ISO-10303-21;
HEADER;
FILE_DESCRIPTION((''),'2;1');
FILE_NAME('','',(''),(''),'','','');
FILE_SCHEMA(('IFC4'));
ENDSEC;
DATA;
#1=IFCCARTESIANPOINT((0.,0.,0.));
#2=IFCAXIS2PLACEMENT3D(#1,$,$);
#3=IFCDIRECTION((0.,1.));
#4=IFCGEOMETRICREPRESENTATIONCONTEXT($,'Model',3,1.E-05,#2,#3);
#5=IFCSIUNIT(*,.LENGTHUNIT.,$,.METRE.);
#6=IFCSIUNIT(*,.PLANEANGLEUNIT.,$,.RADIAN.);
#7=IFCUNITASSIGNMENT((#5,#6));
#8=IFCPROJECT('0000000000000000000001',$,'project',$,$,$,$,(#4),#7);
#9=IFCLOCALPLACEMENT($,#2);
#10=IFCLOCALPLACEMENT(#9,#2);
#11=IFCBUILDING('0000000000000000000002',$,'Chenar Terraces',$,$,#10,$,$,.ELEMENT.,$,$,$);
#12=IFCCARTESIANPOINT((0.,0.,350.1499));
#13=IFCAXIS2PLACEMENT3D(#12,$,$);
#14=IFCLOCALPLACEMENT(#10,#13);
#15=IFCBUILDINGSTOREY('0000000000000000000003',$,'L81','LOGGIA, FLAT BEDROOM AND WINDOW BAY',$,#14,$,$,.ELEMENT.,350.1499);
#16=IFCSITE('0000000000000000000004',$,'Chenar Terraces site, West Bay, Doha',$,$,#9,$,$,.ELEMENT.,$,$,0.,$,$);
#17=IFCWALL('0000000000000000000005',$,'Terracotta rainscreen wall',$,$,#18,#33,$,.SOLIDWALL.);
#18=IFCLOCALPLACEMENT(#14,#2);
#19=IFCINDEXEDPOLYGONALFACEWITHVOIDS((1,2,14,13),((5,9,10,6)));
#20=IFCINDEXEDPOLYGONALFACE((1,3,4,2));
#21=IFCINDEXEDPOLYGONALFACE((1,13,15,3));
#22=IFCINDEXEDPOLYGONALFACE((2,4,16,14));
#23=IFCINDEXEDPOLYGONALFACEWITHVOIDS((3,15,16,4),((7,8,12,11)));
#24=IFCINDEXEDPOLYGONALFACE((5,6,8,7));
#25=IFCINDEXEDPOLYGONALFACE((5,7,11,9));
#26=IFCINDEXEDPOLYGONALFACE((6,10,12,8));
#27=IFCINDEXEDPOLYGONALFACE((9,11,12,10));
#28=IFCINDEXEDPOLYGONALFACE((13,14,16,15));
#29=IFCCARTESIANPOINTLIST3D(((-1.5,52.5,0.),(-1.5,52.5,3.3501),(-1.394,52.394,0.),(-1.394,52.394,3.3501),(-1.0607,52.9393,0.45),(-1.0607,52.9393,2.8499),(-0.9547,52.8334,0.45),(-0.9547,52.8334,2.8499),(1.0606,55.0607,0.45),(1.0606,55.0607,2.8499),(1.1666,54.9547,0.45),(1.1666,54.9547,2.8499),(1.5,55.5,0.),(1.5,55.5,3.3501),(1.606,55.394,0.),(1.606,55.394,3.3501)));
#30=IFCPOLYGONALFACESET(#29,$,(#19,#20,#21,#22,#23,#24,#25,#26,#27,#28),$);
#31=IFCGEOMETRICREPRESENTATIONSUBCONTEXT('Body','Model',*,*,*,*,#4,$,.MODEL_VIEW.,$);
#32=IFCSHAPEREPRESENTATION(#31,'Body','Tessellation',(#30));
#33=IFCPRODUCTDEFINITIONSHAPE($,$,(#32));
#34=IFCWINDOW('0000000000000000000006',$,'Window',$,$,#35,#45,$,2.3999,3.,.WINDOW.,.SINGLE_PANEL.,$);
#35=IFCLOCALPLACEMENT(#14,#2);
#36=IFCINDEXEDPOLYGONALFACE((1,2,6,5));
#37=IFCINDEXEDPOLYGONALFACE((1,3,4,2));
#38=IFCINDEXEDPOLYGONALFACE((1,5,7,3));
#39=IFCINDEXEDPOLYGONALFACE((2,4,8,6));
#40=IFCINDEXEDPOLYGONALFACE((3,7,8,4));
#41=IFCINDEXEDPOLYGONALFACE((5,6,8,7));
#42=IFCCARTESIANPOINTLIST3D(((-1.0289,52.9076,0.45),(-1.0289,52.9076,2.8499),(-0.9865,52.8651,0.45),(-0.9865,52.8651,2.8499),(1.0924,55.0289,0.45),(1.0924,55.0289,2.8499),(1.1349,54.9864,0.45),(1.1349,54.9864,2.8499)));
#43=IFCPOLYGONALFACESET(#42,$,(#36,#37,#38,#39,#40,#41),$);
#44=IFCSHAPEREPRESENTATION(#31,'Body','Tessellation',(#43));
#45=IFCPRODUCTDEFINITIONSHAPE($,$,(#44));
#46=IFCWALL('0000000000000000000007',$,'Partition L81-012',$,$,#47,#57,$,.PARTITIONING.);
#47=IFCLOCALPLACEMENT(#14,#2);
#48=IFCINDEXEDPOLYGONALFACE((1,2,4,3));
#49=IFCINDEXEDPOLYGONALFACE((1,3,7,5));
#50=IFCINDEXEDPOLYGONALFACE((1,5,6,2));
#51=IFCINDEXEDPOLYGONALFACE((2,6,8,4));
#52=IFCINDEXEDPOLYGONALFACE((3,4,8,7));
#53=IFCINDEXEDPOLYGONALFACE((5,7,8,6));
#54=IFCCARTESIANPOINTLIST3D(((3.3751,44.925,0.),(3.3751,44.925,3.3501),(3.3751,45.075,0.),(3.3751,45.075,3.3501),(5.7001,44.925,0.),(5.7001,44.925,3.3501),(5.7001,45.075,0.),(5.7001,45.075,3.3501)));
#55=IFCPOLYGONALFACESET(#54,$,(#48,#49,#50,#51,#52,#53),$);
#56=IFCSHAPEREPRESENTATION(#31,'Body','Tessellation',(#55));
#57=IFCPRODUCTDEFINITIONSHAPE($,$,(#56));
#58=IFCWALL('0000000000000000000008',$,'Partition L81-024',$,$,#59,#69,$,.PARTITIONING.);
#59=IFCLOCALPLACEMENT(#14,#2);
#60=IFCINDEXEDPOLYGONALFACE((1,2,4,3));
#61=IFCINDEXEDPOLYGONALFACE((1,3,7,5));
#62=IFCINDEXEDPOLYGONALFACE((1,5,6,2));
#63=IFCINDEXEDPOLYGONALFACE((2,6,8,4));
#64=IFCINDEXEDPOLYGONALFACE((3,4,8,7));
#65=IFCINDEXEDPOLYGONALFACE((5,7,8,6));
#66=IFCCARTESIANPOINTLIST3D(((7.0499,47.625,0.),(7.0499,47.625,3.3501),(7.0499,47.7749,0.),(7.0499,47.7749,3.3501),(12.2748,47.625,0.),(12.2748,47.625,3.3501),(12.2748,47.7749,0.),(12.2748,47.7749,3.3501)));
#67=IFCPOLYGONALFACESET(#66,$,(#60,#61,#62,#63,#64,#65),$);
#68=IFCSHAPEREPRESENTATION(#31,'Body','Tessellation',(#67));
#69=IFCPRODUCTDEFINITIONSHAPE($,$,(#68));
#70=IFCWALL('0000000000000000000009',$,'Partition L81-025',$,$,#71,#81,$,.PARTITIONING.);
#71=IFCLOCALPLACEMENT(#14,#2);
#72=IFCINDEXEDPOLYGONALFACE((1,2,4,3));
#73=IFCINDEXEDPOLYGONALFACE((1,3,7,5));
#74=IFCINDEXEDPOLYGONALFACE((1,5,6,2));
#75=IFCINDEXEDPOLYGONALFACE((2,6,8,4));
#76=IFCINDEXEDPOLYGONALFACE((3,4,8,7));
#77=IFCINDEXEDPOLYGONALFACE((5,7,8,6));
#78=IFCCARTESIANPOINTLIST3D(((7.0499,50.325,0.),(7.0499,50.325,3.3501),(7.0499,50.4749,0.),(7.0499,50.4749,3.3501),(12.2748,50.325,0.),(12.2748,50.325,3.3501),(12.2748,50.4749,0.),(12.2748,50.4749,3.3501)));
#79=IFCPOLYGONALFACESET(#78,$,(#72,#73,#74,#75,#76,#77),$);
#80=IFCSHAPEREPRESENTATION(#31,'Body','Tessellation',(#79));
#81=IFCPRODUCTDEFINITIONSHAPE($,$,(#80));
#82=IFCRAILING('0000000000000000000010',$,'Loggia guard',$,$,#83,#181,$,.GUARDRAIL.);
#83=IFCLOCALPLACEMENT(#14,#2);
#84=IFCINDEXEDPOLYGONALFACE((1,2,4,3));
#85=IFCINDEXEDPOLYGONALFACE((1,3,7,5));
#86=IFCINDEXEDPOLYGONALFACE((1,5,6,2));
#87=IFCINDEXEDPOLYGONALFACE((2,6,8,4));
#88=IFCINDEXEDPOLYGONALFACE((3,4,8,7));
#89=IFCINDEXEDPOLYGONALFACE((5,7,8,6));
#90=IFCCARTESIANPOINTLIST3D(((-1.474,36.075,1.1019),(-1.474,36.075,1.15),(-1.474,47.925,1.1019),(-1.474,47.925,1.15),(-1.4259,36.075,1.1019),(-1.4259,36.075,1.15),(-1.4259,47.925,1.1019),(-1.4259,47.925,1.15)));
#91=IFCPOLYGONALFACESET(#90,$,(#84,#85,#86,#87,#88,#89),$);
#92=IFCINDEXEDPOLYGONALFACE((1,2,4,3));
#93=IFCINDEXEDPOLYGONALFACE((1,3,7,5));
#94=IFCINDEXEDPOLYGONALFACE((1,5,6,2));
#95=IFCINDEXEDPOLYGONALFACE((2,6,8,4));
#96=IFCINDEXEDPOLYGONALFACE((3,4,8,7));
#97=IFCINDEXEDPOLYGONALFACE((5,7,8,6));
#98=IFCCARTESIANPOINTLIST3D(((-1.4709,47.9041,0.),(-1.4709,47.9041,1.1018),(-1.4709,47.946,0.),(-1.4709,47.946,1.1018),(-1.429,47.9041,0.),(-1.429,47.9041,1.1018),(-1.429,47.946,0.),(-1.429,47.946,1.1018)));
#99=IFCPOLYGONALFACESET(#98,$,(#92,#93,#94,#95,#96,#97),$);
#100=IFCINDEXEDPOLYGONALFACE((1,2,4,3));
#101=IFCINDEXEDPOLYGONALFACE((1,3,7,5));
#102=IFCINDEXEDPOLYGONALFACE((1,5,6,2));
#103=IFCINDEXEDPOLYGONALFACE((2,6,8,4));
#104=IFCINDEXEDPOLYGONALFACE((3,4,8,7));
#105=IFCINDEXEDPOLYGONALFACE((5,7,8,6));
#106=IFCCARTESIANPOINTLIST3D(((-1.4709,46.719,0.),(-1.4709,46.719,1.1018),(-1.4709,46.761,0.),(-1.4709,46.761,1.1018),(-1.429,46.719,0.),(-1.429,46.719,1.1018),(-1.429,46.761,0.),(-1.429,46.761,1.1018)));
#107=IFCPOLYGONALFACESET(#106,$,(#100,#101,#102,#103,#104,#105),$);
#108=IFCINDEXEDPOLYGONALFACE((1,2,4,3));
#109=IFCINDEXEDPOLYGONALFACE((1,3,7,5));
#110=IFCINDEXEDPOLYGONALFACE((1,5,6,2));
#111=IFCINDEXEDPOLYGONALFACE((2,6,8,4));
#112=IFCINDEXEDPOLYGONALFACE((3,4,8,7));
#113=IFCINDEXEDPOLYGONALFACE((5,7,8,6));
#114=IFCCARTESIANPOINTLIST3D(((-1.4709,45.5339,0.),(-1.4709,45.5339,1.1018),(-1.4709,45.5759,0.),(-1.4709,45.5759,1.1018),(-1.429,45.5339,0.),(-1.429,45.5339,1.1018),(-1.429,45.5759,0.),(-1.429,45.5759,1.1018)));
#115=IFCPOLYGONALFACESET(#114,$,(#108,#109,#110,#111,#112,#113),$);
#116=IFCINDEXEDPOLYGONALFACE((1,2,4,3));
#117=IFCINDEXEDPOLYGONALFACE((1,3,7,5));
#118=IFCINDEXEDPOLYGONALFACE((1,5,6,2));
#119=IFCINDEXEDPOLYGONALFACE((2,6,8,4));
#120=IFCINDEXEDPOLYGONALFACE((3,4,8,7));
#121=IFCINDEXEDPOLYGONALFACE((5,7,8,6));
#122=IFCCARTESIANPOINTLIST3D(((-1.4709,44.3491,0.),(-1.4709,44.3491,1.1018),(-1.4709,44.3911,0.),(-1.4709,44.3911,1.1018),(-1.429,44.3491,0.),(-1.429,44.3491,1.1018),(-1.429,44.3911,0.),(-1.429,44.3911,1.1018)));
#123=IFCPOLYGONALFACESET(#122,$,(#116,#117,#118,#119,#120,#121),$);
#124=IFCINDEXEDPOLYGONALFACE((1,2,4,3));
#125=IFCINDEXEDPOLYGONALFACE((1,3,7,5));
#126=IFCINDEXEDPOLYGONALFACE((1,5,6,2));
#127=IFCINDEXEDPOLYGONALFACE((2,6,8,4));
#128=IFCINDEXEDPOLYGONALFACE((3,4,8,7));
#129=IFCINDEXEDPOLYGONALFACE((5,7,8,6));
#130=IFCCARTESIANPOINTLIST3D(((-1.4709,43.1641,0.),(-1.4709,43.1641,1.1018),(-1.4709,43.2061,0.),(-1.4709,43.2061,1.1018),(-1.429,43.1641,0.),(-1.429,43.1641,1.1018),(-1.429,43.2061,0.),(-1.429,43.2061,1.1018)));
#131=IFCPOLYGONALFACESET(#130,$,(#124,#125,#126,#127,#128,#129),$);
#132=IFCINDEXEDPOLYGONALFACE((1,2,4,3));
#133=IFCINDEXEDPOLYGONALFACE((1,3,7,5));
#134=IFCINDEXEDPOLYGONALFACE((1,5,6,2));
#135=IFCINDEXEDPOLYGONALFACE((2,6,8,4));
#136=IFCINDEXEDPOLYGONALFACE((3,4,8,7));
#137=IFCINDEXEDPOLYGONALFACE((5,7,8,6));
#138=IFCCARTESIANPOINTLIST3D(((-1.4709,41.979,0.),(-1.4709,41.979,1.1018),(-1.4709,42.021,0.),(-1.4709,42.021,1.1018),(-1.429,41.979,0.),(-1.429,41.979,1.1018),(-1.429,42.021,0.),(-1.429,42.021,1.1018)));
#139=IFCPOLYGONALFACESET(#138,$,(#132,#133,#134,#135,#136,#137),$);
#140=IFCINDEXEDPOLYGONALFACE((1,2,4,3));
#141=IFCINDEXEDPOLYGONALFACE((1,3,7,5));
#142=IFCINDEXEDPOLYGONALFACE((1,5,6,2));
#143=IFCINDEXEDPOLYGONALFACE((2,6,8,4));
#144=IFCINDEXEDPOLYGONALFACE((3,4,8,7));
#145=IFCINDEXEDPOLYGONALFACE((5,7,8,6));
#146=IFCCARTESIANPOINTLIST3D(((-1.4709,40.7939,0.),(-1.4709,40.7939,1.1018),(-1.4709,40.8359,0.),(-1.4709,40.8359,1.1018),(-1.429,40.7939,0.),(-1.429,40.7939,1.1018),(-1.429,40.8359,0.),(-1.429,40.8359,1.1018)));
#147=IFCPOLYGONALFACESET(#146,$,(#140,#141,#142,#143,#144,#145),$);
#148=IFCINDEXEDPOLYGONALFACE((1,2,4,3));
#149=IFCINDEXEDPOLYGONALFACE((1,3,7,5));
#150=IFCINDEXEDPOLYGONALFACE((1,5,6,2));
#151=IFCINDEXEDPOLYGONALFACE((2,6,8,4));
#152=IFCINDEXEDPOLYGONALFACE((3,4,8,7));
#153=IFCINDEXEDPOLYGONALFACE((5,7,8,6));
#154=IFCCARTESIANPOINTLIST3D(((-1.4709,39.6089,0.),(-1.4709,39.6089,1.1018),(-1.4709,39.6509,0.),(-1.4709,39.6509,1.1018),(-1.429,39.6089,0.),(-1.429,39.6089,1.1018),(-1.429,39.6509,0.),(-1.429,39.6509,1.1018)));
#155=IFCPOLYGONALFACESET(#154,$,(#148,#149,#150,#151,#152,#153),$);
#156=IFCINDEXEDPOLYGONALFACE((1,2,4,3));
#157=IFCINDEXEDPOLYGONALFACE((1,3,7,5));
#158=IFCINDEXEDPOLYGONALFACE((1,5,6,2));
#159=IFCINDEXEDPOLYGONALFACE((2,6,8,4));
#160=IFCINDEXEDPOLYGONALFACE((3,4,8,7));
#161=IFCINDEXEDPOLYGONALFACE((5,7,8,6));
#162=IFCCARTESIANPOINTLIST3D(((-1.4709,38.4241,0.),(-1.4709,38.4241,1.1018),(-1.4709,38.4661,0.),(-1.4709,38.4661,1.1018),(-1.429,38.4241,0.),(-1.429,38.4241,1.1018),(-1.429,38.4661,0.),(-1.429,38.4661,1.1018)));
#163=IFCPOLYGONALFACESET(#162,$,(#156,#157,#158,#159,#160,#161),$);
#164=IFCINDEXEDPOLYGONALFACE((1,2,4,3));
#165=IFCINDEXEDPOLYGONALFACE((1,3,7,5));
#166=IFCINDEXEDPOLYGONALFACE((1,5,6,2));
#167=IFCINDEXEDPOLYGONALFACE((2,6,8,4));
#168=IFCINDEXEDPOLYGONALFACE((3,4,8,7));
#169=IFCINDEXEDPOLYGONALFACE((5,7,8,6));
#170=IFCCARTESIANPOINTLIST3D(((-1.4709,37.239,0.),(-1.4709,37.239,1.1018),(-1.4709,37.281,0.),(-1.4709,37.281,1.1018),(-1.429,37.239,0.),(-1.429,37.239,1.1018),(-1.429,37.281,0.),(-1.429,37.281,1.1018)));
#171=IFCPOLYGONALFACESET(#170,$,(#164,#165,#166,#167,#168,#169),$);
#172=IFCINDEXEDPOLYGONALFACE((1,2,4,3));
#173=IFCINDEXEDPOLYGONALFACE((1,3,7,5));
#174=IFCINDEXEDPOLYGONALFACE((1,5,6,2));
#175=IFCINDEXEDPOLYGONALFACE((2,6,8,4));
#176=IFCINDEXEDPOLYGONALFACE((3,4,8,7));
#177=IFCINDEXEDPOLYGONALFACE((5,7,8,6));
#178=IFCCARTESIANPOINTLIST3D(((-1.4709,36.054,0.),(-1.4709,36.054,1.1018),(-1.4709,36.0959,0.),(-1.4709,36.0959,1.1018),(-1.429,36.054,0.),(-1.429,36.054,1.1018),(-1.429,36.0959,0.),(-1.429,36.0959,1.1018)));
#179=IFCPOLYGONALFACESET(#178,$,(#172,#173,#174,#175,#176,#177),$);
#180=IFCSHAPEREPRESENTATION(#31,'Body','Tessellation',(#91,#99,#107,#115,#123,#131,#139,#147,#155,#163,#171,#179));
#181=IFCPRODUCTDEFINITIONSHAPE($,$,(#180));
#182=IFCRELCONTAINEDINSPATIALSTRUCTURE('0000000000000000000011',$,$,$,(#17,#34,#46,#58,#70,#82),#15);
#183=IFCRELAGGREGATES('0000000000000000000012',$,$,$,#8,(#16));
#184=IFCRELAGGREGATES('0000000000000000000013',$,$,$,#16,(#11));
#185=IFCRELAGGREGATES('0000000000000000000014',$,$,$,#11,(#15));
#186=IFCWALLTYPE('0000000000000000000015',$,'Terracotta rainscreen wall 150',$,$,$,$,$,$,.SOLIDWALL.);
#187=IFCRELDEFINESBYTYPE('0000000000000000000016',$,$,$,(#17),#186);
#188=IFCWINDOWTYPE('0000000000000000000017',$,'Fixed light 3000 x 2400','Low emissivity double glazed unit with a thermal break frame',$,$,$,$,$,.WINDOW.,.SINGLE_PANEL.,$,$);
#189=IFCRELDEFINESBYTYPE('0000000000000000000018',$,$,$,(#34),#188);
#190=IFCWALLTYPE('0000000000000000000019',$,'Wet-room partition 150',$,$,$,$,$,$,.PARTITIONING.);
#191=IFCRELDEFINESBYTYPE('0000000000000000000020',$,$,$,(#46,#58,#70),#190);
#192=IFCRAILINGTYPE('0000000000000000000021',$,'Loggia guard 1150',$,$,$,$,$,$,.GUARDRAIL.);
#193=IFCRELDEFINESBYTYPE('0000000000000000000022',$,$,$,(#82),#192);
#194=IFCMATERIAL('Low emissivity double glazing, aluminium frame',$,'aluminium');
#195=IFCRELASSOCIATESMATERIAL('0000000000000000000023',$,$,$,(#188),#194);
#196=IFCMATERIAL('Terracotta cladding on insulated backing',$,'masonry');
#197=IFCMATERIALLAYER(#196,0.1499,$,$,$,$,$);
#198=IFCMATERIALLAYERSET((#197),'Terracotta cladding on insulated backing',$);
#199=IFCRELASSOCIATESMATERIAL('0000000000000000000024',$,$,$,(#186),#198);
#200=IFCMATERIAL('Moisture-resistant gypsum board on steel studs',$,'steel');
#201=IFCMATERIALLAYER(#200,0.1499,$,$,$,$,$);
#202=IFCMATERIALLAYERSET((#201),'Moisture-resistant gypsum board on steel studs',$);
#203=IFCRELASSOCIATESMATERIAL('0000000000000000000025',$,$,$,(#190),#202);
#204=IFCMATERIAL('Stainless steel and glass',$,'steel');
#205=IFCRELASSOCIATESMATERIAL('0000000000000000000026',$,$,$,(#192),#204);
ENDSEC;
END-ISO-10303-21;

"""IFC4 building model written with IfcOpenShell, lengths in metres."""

from ifc_helpers import new_model, si_unit, direction, frame, frame_2d, origin, origin_2d, place, context, subcontext, project, spatial, rectangle, extrude, material, layer, layer_set, type_object, element, fill, save


model = new_model("IFC4")

# Units and contexts
model_context = context("Model", 3, precision=1e-05, world=origin(), true_north=direction((0.0, 1.0)))
body_context = subcontext(model_context, "Body", "Model", "MODEL_VIEW")
ifc_project = project(units=[si_unit("LENGTHUNIT", "METRE"), si_unit("PLANEANGLEUNIT", "RADIAN")], contexts=[model_context])

# Site, building, storey
site_placement = place(None, origin())
site = spatial("IfcSite", under=ifc_project, at=site_placement, Name="Chenar Terraces site, West Bay, Doha", CompositionType="ELEMENT", RefElevation=0.0)
building_placement = place(site_placement, origin())
building = spatial("IfcBuilding", under=site, at=building_placement, Name="Chenar Terraces", CompositionType="ELEMENT")
storey_placement = place(building_placement, frame((0.0, 0.0, 350.1499)))
storey = spatial("IfcBuildingStorey", under=building, at=storey_placement, Name="L81", Description="LOGGIA, FLAT BEDROOM AND WINDOW BAY", CompositionType="ELEMENT", Elevation=350.1499)

# Shared definitions
ifc_material_1 = material(Name="Low emissivity double glazing, aluminium frame", Category="aluminium")
window_type_1 = type_object("IfcWindowType", Name="Fixed light 3000 x 2400", Description="Low emissivity double glazed unit with a thermal break frame", PartitioningType="SINGLE_PANEL", PredefinedType="WINDOW", material=ifc_material_1)

# Wall, opening, window
ifc_material_2 = material(Name="Terracotta cladding on insulated backing", Category="masonry")
ifc_layer_1 = layer(ifc_material_2, 0.1499)
ifc_layer_set_1 = layer_set([ifc_layer_1], Name="Terracotta cladding on insulated backing")
wall_type_1 = type_object("IfcWallType", Name="Terracotta rainscreen wall 150", PredefinedType="SOLIDWALL", material=ifc_layer_set_1)
wall_1_placement = place(storey_placement, frame((1.553, 55.447, 0.0), z_axis=(0.0, 0.0, 1.0), x_axis=(-0.707107, -0.707107, 0.0)))
wall_1 = element("IfcWall", 1, at=wall_1_placement, inside=storey, type_object=wall_type_1, Name="Terracotta rainscreen wall", PredefinedType="SOLIDWALL", context=body_context, shape_type="SweptSolid", body=[
    extrude(rectangle(XDim=4.2427, YDim=0.1499, at=frame_2d((2.1213, 0.0))), origin(), (0.0, 0.0, 1.0), 3.3501),
])
opening_1_placement = place(wall_1_placement, frame((0.6213, 0.0, 0.45)))
opening_1 = element("IfcOpeningElement", 2, at=opening_1_placement, cuts=wall_1, PredefinedType="OPENING", context=body_context, shape_type="SweptSolid", body=[
    extrude(rectangle(XDim=3.0, YDim=2.3999, at=frame_2d((1.5, 1.2))), frame((0.0, 0.085, 0.0), z_axis=(0.0, -1.0, 0.0), x_axis=(1.0, 0.0, 0.0)), (0.0, 0.0, 1.0), 0.1699),
])
window_1_placement = place(opening_1_placement, origin())
window_1 = element("IfcWindow", 3, at=window_1_placement, inside=storey, type_object=window_type_1, Name="Window", OverallHeight=2.3999, OverallWidth=3.0, PartitioningType="SINGLE_PANEL", PredefinedType="WINDOW", context=body_context, shape_type="SweptSolid", body=[
    extrude(rectangle(XDim=3.0, YDim=2.3999, at=frame_2d((1.5, 1.2))), frame((0.0, 0.03, 0.0), z_axis=(0.0, -1.0, 0.0), x_axis=(1.0, 0.0, 0.0)), (0.0, 0.0, 1.0), 0.0601),
])
fill(opening_1, window_1)

# Walls
ifc_material_3 = material(Name="Moisture-resistant gypsum board on steel studs", Category="steel")
ifc_layer_2 = layer(ifc_material_3, 0.1499)
ifc_layer_set_2 = layer_set([ifc_layer_2], Name="Moisture-resistant gypsum board on steel studs")
wall_type_2 = type_object("IfcWallType", Name="Wet-room partition 150", PredefinedType="PARTITIONING", material=ifc_layer_set_2)
wall_2_placement = place(storey_placement, frame((3.375, 45.0, 0.0), z_axis=(0.0, 0.0, 1.0), x_axis=(1.0, 0.0, 0.0)))
element("IfcWall", 4, at=wall_2_placement, inside=storey, type_object=wall_type_2, Name="Partition L81-012", PredefinedType="PARTITIONING", context=body_context, shape_type="SweptSolid", body=[
    extrude(rectangle(XDim=2.325, YDim=0.1499, at=frame_2d((1.1626, 0.0))), origin(), (0.0, 0.0, 1.0), 3.3501),
])
for number, where, z_axis, x_axis, name in (
    (5, (7.05, 47.7, 0.0), (0.0, 0.0, 1.0), (1.0, 0.0, 0.0), "Partition L81-024"),
    (6, (7.05, 50.3999, 0.0), (0.0, 0.0, 1.0), (1.0, 0.0, 0.0), "Partition L81-025"),
):
    element("IfcWall", number, at=place(storey_placement, frame(where, z_axis=z_axis, x_axis=x_axis)), inside=storey, type_object=wall_type_2, Name=name, PredefinedType="PARTITIONING", context=body_context, shape_type="SweptSolid", body=[
        extrude(rectangle(XDim=5.2249, YDim=0.1499, at=frame_2d((2.6123, 0.0))), origin(), (0.0, 0.0, 1.0), 3.3501),
    ])

# Railing
ifc_material_4 = material(Name="Stainless steel and glass", Category="steel")
railing_type = type_object("IfcRailingType", Name="Loggia guard 1150", PredefinedType="GUARDRAIL", material=ifc_material_4)
railing_placement = place(storey_placement, frame((-1.45, 47.925, 0.0)))
element("IfcRailing", 7, at=railing_placement, inside=storey, type_object=railing_type, Name="Loggia guard", PredefinedType="GUARDRAIL", context=body_context, shape_type="SweptSolid", body=[
    extrude(rectangle(XDim=0.0481, YDim=0.0481, at=origin_2d()), frame((0.0, 0.0, 1.126), z_axis=(0.0, -1.0, 0.0), x_axis=(1.0, 0.0, 0.0)), (0.0, 0.0, 1.0), 11.8501),
    extrude(rectangle(XDim=0.042, YDim=0.042, at=origin_2d()), origin(), (0.0, 0.0, 1.0), 1.1018),
    extrude(rectangle(XDim=0.042, YDim=0.042, at=origin_2d()), frame((0.0, -1.1851, 0.0)), (0.0, 0.0, 1.0), 1.1018),
    extrude(rectangle(XDim=0.042, YDim=0.042, at=origin_2d()), frame((0.0, -2.3701, 0.0)), (0.0, 0.0, 1.0), 1.1018),
    extrude(rectangle(XDim=0.042, YDim=0.042, at=origin_2d()), frame((0.0, -3.5549, 0.0)), (0.0, 0.0, 1.0), 1.1018),
    extrude(rectangle(XDim=0.042, YDim=0.042, at=origin_2d()), frame((0.0, -4.74, 0.0)), (0.0, 0.0, 1.0), 1.1018),
    extrude(rectangle(XDim=0.042, YDim=0.042, at=origin_2d()), frame((0.0, -5.925, 0.0)), (0.0, 0.0, 1.0), 1.1018),
    extrude(rectangle(XDim=0.042, YDim=0.042, at=origin_2d()), frame((0.0, -7.1101, 0.0)), (0.0, 0.0, 1.0), 1.1018),
    extrude(rectangle(XDim=0.042, YDim=0.042, at=origin_2d()), frame((0.0, -8.2952, 0.0)), (0.0, 0.0, 1.0), 1.1018),
    extrude(rectangle(XDim=0.042, YDim=0.042, at=origin_2d()), frame((0.0, -9.48, 0.0)), (0.0, 0.0, 1.0), 1.1018),
    extrude(rectangle(XDim=0.042, YDim=0.042, at=origin_2d()), frame((0.0, -10.665, 0.0)), (0.0, 0.0, 1.0), 1.1018),
    extrude(rectangle(XDim=0.042, YDim=0.042, at=origin_2d()), frame((0.0, -11.8501, 0.0)), (0.0, 0.0, 1.0), 1.1018),
])

save(model, "model.ifc")
